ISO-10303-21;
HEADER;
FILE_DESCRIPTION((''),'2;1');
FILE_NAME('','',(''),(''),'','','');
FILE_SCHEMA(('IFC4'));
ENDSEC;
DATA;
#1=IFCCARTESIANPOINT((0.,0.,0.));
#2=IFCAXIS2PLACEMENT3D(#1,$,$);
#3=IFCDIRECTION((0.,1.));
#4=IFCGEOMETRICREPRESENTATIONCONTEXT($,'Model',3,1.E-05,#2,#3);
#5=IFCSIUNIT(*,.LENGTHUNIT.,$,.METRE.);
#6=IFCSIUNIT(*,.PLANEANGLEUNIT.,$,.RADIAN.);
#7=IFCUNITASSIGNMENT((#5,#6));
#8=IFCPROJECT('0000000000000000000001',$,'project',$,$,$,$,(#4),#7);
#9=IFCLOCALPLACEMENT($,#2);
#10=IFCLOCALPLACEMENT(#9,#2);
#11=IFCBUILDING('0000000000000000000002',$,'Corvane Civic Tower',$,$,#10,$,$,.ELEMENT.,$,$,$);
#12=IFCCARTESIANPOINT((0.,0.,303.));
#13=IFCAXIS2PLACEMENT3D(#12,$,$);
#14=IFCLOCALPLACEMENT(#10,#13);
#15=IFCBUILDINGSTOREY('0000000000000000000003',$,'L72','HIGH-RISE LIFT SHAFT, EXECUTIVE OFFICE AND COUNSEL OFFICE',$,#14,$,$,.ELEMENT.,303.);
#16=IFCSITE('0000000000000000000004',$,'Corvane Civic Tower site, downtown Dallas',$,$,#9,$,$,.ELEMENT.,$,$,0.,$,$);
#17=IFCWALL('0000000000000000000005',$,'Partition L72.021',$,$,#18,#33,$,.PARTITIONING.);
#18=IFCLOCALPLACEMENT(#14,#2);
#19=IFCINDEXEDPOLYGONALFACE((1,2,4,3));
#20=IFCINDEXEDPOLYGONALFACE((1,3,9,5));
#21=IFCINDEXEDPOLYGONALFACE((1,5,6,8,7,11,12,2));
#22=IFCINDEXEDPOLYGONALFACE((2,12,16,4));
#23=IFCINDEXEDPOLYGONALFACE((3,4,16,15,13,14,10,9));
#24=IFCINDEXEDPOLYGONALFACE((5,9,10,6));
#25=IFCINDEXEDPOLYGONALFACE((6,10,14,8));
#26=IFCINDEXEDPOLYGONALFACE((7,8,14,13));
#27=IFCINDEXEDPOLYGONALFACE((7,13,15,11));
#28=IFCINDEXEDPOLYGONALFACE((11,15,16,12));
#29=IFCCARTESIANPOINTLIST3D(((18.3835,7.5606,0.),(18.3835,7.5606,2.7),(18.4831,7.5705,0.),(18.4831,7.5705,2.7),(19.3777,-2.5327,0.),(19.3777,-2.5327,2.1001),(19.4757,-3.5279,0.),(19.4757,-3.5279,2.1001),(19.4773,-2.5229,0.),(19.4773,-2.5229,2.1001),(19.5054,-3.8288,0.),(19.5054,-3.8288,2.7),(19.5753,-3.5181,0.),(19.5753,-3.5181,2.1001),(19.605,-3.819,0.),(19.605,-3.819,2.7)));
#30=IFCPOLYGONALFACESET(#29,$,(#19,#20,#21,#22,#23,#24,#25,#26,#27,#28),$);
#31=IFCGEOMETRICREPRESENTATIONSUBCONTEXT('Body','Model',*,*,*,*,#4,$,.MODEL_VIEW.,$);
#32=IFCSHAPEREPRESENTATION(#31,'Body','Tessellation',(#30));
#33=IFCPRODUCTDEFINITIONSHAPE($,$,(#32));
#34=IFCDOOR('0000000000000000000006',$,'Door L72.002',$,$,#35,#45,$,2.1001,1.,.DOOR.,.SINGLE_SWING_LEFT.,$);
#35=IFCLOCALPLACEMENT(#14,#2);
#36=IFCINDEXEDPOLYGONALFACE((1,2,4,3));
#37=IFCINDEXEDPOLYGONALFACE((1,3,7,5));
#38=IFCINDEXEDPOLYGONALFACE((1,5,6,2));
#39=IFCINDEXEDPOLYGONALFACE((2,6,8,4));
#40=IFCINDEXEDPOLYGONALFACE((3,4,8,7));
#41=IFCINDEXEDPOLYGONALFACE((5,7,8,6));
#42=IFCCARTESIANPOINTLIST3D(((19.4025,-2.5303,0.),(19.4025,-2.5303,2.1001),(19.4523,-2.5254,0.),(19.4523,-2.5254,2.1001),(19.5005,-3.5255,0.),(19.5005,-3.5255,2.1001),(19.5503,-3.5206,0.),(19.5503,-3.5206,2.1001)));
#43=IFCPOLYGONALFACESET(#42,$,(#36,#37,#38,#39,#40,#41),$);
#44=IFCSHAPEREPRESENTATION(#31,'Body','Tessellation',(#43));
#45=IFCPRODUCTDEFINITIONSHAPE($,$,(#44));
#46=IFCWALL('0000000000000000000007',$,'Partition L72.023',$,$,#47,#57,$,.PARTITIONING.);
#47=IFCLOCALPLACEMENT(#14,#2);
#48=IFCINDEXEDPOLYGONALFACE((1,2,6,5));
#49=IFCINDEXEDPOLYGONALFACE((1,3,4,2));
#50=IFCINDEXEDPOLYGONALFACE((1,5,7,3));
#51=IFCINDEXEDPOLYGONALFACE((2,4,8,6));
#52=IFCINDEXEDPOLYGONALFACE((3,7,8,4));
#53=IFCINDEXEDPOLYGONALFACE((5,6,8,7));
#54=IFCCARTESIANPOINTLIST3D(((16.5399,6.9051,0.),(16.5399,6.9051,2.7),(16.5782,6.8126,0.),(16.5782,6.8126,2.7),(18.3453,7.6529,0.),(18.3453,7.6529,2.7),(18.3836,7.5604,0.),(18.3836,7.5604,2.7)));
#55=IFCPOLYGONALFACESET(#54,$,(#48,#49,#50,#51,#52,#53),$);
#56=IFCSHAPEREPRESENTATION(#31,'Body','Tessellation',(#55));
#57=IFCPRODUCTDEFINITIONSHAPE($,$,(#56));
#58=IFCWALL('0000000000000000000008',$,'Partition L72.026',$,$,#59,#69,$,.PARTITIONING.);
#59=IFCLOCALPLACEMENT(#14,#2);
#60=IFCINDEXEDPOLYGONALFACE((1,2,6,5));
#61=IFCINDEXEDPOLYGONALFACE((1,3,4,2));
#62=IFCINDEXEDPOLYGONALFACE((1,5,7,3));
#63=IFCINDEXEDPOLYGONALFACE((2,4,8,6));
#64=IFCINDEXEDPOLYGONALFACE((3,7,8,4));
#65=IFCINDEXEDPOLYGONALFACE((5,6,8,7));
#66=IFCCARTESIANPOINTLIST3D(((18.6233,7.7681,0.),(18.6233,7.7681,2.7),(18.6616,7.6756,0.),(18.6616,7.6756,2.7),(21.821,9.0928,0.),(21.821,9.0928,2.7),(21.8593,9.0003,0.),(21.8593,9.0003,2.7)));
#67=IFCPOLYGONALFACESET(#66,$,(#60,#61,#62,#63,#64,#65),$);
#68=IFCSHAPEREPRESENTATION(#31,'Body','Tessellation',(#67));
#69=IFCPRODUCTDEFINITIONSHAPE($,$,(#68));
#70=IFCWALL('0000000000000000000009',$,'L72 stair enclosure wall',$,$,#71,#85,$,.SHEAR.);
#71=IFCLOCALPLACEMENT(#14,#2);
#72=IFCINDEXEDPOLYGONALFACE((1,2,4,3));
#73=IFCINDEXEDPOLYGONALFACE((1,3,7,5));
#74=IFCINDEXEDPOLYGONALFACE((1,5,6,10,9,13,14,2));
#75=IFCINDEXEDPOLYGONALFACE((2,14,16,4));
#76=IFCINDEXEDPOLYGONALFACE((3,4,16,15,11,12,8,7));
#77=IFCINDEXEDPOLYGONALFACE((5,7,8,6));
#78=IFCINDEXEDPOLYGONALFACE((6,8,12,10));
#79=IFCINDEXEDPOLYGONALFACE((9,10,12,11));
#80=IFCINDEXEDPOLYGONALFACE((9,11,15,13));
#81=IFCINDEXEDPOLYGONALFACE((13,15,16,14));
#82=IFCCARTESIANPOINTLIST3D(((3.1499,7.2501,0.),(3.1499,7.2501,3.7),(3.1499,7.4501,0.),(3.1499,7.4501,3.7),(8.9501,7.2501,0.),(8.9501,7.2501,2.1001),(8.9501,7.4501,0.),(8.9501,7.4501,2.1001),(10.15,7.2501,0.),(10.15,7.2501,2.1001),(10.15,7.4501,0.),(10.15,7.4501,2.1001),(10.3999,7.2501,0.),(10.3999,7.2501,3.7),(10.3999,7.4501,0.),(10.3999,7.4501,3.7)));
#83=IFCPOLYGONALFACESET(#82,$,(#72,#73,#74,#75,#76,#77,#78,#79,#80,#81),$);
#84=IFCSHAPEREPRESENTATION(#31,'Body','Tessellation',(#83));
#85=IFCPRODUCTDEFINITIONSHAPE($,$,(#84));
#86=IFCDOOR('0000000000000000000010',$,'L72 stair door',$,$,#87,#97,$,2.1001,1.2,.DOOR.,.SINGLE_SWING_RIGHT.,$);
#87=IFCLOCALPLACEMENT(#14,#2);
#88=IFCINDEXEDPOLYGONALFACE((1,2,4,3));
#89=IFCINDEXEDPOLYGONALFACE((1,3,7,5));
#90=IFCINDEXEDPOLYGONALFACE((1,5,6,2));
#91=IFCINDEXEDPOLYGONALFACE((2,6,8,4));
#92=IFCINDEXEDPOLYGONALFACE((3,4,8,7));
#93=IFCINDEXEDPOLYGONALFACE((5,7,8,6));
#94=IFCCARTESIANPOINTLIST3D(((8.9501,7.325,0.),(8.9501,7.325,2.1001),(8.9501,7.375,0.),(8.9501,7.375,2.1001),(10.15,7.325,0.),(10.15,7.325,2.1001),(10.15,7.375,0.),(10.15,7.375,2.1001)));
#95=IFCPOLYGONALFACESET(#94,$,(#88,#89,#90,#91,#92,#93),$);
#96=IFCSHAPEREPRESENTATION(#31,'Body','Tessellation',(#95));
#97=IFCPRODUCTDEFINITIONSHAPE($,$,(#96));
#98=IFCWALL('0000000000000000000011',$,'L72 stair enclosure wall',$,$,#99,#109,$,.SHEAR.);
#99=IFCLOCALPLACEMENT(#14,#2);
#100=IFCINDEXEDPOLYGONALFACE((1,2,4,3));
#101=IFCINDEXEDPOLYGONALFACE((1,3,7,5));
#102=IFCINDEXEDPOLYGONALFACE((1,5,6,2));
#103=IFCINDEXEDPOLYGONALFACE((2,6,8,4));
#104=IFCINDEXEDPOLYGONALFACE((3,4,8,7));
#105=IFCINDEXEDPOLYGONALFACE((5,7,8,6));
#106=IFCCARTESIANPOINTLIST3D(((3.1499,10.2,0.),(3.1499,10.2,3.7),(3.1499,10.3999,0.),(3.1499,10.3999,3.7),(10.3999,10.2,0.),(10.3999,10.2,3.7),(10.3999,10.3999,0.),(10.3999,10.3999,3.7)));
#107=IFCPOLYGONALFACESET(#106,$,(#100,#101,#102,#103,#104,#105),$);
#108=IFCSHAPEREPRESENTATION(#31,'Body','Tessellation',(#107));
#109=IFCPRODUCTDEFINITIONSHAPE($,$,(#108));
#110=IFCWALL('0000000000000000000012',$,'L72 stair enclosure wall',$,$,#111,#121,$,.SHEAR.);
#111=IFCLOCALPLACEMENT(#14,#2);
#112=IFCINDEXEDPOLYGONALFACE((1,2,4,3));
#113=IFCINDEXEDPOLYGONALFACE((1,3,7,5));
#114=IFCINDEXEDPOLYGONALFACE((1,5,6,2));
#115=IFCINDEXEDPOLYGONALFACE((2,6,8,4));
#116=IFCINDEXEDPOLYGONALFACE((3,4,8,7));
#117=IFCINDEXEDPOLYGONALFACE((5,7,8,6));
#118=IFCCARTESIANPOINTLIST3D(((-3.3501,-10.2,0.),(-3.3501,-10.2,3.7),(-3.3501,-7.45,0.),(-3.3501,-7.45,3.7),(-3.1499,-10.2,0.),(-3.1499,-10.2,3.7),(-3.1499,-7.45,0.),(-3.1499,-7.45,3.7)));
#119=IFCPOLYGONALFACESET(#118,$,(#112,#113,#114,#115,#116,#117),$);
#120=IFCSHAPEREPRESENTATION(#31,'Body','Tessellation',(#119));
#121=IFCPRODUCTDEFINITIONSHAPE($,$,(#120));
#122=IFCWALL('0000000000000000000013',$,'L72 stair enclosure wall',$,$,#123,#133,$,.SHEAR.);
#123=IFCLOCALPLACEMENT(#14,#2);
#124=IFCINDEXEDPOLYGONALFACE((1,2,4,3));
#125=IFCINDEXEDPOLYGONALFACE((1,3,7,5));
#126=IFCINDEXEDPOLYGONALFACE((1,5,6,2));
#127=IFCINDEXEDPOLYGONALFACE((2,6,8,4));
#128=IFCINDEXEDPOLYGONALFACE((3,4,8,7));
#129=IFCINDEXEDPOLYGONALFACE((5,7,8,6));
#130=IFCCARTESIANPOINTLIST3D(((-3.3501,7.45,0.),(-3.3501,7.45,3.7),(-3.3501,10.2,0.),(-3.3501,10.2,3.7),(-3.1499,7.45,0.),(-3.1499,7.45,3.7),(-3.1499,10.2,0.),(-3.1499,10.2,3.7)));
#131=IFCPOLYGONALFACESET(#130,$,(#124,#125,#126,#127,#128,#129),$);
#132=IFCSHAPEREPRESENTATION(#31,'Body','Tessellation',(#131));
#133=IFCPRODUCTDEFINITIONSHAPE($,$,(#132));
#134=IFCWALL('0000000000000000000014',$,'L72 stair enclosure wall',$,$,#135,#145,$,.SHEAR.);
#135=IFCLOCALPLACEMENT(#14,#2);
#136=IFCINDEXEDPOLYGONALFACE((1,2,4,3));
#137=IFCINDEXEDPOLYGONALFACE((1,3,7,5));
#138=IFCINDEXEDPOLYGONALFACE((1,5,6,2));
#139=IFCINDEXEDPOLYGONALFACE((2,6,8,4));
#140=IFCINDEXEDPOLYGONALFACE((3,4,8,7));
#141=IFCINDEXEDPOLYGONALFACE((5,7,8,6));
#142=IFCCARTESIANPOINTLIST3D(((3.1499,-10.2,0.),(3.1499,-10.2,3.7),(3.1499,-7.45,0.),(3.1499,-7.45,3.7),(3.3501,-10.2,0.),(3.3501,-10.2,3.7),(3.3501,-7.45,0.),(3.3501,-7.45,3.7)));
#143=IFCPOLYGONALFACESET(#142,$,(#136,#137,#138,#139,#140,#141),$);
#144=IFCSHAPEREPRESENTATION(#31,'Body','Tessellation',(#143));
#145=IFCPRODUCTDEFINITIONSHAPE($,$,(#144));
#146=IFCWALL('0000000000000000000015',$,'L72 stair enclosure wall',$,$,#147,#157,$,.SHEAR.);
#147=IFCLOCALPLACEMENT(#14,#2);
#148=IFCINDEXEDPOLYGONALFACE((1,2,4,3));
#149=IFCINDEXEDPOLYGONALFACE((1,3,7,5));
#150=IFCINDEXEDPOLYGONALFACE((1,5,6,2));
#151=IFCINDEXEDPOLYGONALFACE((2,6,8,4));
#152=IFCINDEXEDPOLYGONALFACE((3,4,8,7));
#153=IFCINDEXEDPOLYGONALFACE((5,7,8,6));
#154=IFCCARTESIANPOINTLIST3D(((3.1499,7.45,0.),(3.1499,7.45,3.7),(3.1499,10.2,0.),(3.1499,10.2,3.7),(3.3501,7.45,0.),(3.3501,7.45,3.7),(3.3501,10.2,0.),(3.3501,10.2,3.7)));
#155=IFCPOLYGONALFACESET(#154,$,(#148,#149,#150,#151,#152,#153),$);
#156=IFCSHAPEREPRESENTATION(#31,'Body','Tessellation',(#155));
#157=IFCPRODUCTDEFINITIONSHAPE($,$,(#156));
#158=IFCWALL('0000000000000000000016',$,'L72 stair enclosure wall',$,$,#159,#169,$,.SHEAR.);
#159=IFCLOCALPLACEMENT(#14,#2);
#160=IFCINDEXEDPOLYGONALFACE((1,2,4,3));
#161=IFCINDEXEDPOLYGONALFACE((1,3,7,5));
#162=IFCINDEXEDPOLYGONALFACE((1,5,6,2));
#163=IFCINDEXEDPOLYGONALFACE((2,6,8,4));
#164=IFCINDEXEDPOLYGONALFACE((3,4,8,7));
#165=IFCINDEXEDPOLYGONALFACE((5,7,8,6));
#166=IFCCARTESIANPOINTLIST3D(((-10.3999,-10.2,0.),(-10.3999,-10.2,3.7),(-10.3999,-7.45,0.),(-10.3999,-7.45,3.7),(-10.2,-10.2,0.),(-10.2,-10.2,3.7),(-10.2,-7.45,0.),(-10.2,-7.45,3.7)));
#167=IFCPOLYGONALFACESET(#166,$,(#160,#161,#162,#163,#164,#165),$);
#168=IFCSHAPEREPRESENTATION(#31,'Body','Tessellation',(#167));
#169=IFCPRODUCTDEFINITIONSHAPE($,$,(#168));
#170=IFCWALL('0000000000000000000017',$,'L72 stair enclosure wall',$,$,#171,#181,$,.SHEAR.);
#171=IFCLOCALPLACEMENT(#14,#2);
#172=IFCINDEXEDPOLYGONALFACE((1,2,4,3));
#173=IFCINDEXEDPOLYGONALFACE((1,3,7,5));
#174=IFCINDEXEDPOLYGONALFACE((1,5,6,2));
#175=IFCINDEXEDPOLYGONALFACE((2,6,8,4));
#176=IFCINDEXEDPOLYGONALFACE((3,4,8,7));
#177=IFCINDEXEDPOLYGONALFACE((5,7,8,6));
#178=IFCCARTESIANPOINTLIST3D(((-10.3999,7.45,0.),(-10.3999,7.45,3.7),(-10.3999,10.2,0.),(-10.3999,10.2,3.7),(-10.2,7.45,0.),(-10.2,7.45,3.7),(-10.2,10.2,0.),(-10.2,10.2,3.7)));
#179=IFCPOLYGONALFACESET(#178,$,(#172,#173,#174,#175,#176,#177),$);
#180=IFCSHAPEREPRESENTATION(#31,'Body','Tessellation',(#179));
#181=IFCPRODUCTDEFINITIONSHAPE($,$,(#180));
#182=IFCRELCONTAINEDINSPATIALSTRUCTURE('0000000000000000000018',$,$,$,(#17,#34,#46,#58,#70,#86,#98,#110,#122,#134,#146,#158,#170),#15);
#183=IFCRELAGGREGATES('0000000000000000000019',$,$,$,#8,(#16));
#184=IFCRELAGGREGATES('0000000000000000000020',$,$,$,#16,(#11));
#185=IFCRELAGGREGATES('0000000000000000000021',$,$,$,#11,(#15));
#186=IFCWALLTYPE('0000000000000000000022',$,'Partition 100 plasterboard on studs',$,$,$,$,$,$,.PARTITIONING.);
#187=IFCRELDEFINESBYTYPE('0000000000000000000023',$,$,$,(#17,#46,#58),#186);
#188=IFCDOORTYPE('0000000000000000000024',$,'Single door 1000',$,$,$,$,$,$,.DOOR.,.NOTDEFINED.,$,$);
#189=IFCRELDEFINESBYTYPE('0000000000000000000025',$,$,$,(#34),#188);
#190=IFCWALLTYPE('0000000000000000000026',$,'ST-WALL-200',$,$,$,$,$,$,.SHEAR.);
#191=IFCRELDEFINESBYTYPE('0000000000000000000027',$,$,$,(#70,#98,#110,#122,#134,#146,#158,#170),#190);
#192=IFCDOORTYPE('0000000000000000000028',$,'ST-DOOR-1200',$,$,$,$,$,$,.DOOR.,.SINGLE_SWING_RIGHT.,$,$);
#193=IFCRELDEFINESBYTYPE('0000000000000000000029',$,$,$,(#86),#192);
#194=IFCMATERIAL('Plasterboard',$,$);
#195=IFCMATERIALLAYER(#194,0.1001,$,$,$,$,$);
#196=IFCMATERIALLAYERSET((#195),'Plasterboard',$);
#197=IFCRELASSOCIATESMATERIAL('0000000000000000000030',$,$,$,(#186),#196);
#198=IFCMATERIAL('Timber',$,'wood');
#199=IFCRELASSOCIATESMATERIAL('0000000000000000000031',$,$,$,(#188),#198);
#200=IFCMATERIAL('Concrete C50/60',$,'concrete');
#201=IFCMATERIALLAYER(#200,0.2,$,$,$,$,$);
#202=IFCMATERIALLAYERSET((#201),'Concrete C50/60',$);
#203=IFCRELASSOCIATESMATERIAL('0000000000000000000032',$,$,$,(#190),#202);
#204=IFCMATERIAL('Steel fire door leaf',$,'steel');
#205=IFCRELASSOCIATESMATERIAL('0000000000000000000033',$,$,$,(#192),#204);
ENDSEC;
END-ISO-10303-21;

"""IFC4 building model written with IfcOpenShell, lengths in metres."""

from ifc_helpers import new_model, si_unit, direction, frame, frame_2d, origin, place, context, subcontext, project, spatial, polyline, rectangle, outline, extrude, material, layer, layer_set, type_object, element, fill, save


model = new_model("IFC4")

# Units and contexts
model_context = context("Model", 3, precision=1e-05, world=origin(), true_north=direction((0.0, 1.0)))
body_context = subcontext(model_context, "Body", "Model", "MODEL_VIEW")
ifc_project = project(units=[si_unit("LENGTHUNIT", "METRE"), si_unit("PLANEANGLEUNIT", "RADIAN")], contexts=[model_context])

# Site, building, storey
site_placement = place(None, origin())
site = spatial("IfcSite", under=ifc_project, at=site_placement, Name="Corvane Civic Tower site, downtown Dallas", CompositionType="ELEMENT", RefElevation=0.0)
building_placement = place(site_placement, origin())
building = spatial("IfcBuilding", under=site, at=building_placement, Name="Corvane Civic Tower", CompositionType="ELEMENT")
storey_placement = place(building_placement, frame((0.0, 0.0, 303.0)))
storey = spatial("IfcBuildingStorey", under=building, at=storey_placement, Name="L72", Description="HIGH-RISE LIFT SHAFT, EXECUTIVE OFFICE AND COUNSEL OFFICE", CompositionType="ELEMENT", Elevation=303.0)

# Wall, opening, door
ifc_material_1 = material(Name="Plasterboard")
ifc_layer_1 = layer(ifc_material_1, 0.1001)
ifc_layer_set_1 = layer_set([ifc_layer_1], Name="Plasterboard")
wall_type_1 = type_object("IfcWallType", Name="Partition 100 plasterboard on studs", PredefinedType="PARTITIONING", material=ifc_layer_set_1)
wall_1_placement = place(storey_placement, frame((18.4333, 7.5654, 0.0), z_axis=(0.0, 0.0, 1.0), x_axis=(0.098023, -0.995184, 0.0)))
wall_1 = element("IfcWall", 1, at=wall_1_placement, inside=storey, type_object=wall_type_1, Name="Partition L72.021", PredefinedType="PARTITIONING", context=body_context, shape_type="SweptSolid", body=[
    extrude(rectangle(XDim=11.4446, YDim=0.1001, at=frame_2d((5.7222, 0.0))), origin(), (0.0, 0.0, 1.0), 2.7),
])
opening_1_placement = place(wall_1_placement, frame((10.1421, 0.0, 0.0)))
opening_1 = element("IfcOpeningElement", 2, at=opening_1_placement, cuts=wall_1, PredefinedType="OPENING", context=body_context, shape_type="SweptSolid", body=[
    extrude(rectangle(XDim=1.0, YDim=2.1001, at=frame_2d((0.5, 1.05))), frame((0.0, 0.0601, 0.0), z_axis=(0.0, -1.0, 0.0), x_axis=(1.0, 0.0, 0.0)), (0.0, 0.0, 1.0), 0.1201),
])
ifc_material_2 = material(Name="Timber", Category="wood")
door_type_1 = type_object("IfcDoorType", Name="Single door 1000", OperationType="NOTDEFINED", PredefinedType="DOOR", material=ifc_material_2)
door_1_placement = place(opening_1_placement, origin())
door_1 = element("IfcDoor", 3, at=door_1_placement, inside=storey, type_object=door_type_1, Name="Door L72.002", OperationType="SINGLE_SWING_LEFT", OverallHeight=2.1001, OverallWidth=1.0, PredefinedType="DOOR", context=body_context, shape_type="SweptSolid", body=[
    extrude(rectangle(XDim=1.0, YDim=2.1001, at=frame_2d((0.5, 1.05))), frame((0.0, 0.0249, 0.0), z_axis=(0.0, -1.0, 0.0), x_axis=(1.0, 0.0, 0.0)), (0.0, 0.0, 1.0), 0.05),
])
fill(opening_1, door_1)

# Walls
wall_2_placement = place(storey_placement, frame((16.5591, 6.8589, 0.0), z_axis=(0.0, 0.0, 1.0), x_axis=(0.923884, 0.382672, 0.0)))
element("IfcWall", 4, at=wall_2_placement, inside=storey, type_object=wall_type_1, Name="Partition L72.023", PredefinedType="PARTITIONING", context=body_context, shape_type="SweptSolid", body=[
    extrude(rectangle(XDim=1.9541, YDim=0.1001, at=frame_2d((0.9771, 0.0))), origin(), (0.0, 0.0, 1.0), 2.7),
])
wall_3_placement = place(storey_placement, frame((18.6426, 7.7219, 0.0), z_axis=(0.0, 0.0, 1.0), x_axis=(0.923864, 0.382721, 0.0)))
element("IfcWall", 5, at=wall_3_placement, inside=storey, type_object=wall_type_1, Name="Partition L72.026", PredefinedType="PARTITIONING", context=body_context, shape_type="SweptSolid", body=[
    extrude(rectangle(XDim=3.4612, YDim=0.1001, at=frame_2d((1.7305, 0.0))), origin(), (0.0, 0.0, 1.0), 2.7),
])

# Wall, opening, door
ifc_material_3 = material(Name="Concrete C50/60", Category="concrete")
ifc_layer_2 = layer(ifc_material_3, 0.2)
ifc_layer_set_2 = layer_set([ifc_layer_2], Name="Concrete C50/60")
wall_type_2 = type_object("IfcWallType", Name="ST-WALL-200", PredefinedType="SHEAR", material=ifc_layer_set_2)
wall_4_placement = place(storey_placement, frame((3.1499, 7.3501, 0.0), z_axis=(0.0, 0.0, 1.0), x_axis=(1.0, 0.0, 0.0)))
wall_4 = element("IfcWall", 6, at=wall_4_placement, inside=storey, type_object=wall_type_2, Name="L72 stair enclosure wall", PredefinedType="SHEAR", context=body_context, shape_type="SweptSolid", body=[
    extrude(rectangle(XDim=7.25, YDim=0.2, at=frame_2d((3.625, 0.0))), origin(), (0.0, 0.0, 1.0), 3.7),
])
opening_2_placement = place(wall_4_placement, frame((5.8, 0.0, 0.0)))
opening_2 = element("IfcOpeningElement", 7, at=opening_2_placement, cuts=wall_4, PredefinedType="OPENING", context=body_context, shape_type="SweptSolid", body=[
    extrude(rectangle(XDim=1.2, YDim=2.1001, at=frame_2d((0.6001, 1.05))), frame((0.0, 0.1099, 0.0), z_axis=(0.0, -1.0, 0.0), x_axis=(1.0, 0.0, 0.0)), (0.0, 0.0, 1.0), 0.22),
])
ifc_material_4 = material(Name="Steel fire door leaf", Category="steel")
door_type_2 = type_object("IfcDoorType", Name="ST-DOOR-1200", OperationType="SINGLE_SWING_RIGHT", PredefinedType="DOOR", material=ifc_material_4)
door_2_placement = place(opening_2_placement, origin())
door_2 = element("IfcDoor", 8, at=door_2_placement, inside=storey, type_object=door_type_2, Name="L72 stair door", OperationType="SINGLE_SWING_RIGHT", OverallHeight=2.1001, OverallWidth=1.2, PredefinedType="DOOR", context=body_context, shape_type="SweptSolid", body=[
    extrude(rectangle(XDim=1.2, YDim=2.1001, at=frame_2d((0.6001, 1.05))), frame((0.0, 0.0249, 0.0), z_axis=(0.0, -1.0, 0.0), x_axis=(1.0, 0.0, 0.0)), (0.0, 0.0, 1.0), 0.05),
])
fill(opening_2, door_2)

# Walls
wall_5_placement = place(storey_placement, origin())
element("IfcWall", 9, at=wall_5_placement, inside=storey, type_object=wall_type_2, Name="L72 stair enclosure wall", PredefinedType="SHEAR", context=body_context, shape_type="SweptSolid", body=[
    extrude(outline(polyline([(10.3999, 10.2), (3.1499, 10.2), (3.1499, 10.3999), (10.3999, 10.3999), (10.3999, 10.2)])), origin(), (0.0, 0.0, 1.0), 3.7),
])
wall_6_placement = place(storey_placement, origin())
element("IfcWall", 10, at=wall_6_placement, inside=storey, type_object=wall_type_2, Name="L72 stair enclosure wall", PredefinedType="SHEAR", context=body_context, shape_type="SweptSolid", body=[
    extrude(outline(polyline([(-3.1499, -7.45), (-3.1499, -10.2), (-3.3501, -10.2), (-3.3501, -7.45), (-3.1499, -7.45)])), origin(), (0.0, 0.0, 1.0), 3.7),
])
wall_7_placement = place(storey_placement, origin())
element("IfcWall", 11, at=wall_7_placement, inside=storey, type_object=wall_type_2, Name="L72 stair enclosure wall", PredefinedType="SHEAR", context=body_context, shape_type="SweptSolid", body=[
    extrude(outline(polyline([(-3.1499, 7.45), (-3.3501, 7.45), (-3.3501, 10.2), (-3.1499, 10.2), (-3.1499, 7.45)])), origin(), (0.0, 0.0, 1.0), 3.7),
])
wall_8_placement = place(storey_placement, origin())
element("IfcWall", 12, at=wall_8_placement, inside=storey, type_object=wall_type_2, Name="L72 stair enclosure wall", PredefinedType="SHEAR", context=body_context, shape_type="SweptSolid", body=[
    extrude(outline(polyline([(3.3501, -7.45), (3.3501, -10.2), (3.1499, -10.2), (3.1499, -7.45), (3.3501, -7.45)])), origin(), (0.0, 0.0, 1.0), 3.7),
])
wall_9_placement = place(storey_placement, origin())
element("IfcWall", 13, at=wall_9_placement, inside=storey, type_object=wall_type_2, Name="L72 stair enclosure wall", PredefinedType="SHEAR", context=body_context, shape_type="SweptSolid", body=[
    extrude(outline(polyline([(3.3501, 7.45), (3.1499, 7.45), (3.1499, 10.2), (3.3501, 10.2), (3.3501, 7.45)])), origin(), (0.0, 0.0, 1.0), 3.7),
])
wall_10_placement = place(storey_placement, origin())
element("IfcWall", 14, at=wall_10_placement, inside=storey, type_object=wall_type_2, Name="L72 stair enclosure wall", PredefinedType="SHEAR", context=body_context, shape_type="SweptSolid", body=[
    extrude(outline(polyline([(-10.2, -7.45), (-10.2, -10.2), (-10.3999, -10.2), (-10.3999, -7.45), (-10.2, -7.45)])), origin(), (0.0, 0.0, 1.0), 3.7),
])
wall_11_placement = place(storey_placement, origin())
element("IfcWall", 15, at=wall_11_placement, inside=storey, type_object=wall_type_2, Name="L72 stair enclosure wall", PredefinedType="SHEAR", context=body_context, shape_type="SweptSolid", body=[
    extrude(outline(polyline([(-10.2, 7.45), (-10.3999, 7.45), (-10.3999, 10.2), (-10.2, 10.2), (-10.2, 7.45)])), origin(), (0.0, 0.0, 1.0), 3.7),
])

save(model, "model.ifc")
